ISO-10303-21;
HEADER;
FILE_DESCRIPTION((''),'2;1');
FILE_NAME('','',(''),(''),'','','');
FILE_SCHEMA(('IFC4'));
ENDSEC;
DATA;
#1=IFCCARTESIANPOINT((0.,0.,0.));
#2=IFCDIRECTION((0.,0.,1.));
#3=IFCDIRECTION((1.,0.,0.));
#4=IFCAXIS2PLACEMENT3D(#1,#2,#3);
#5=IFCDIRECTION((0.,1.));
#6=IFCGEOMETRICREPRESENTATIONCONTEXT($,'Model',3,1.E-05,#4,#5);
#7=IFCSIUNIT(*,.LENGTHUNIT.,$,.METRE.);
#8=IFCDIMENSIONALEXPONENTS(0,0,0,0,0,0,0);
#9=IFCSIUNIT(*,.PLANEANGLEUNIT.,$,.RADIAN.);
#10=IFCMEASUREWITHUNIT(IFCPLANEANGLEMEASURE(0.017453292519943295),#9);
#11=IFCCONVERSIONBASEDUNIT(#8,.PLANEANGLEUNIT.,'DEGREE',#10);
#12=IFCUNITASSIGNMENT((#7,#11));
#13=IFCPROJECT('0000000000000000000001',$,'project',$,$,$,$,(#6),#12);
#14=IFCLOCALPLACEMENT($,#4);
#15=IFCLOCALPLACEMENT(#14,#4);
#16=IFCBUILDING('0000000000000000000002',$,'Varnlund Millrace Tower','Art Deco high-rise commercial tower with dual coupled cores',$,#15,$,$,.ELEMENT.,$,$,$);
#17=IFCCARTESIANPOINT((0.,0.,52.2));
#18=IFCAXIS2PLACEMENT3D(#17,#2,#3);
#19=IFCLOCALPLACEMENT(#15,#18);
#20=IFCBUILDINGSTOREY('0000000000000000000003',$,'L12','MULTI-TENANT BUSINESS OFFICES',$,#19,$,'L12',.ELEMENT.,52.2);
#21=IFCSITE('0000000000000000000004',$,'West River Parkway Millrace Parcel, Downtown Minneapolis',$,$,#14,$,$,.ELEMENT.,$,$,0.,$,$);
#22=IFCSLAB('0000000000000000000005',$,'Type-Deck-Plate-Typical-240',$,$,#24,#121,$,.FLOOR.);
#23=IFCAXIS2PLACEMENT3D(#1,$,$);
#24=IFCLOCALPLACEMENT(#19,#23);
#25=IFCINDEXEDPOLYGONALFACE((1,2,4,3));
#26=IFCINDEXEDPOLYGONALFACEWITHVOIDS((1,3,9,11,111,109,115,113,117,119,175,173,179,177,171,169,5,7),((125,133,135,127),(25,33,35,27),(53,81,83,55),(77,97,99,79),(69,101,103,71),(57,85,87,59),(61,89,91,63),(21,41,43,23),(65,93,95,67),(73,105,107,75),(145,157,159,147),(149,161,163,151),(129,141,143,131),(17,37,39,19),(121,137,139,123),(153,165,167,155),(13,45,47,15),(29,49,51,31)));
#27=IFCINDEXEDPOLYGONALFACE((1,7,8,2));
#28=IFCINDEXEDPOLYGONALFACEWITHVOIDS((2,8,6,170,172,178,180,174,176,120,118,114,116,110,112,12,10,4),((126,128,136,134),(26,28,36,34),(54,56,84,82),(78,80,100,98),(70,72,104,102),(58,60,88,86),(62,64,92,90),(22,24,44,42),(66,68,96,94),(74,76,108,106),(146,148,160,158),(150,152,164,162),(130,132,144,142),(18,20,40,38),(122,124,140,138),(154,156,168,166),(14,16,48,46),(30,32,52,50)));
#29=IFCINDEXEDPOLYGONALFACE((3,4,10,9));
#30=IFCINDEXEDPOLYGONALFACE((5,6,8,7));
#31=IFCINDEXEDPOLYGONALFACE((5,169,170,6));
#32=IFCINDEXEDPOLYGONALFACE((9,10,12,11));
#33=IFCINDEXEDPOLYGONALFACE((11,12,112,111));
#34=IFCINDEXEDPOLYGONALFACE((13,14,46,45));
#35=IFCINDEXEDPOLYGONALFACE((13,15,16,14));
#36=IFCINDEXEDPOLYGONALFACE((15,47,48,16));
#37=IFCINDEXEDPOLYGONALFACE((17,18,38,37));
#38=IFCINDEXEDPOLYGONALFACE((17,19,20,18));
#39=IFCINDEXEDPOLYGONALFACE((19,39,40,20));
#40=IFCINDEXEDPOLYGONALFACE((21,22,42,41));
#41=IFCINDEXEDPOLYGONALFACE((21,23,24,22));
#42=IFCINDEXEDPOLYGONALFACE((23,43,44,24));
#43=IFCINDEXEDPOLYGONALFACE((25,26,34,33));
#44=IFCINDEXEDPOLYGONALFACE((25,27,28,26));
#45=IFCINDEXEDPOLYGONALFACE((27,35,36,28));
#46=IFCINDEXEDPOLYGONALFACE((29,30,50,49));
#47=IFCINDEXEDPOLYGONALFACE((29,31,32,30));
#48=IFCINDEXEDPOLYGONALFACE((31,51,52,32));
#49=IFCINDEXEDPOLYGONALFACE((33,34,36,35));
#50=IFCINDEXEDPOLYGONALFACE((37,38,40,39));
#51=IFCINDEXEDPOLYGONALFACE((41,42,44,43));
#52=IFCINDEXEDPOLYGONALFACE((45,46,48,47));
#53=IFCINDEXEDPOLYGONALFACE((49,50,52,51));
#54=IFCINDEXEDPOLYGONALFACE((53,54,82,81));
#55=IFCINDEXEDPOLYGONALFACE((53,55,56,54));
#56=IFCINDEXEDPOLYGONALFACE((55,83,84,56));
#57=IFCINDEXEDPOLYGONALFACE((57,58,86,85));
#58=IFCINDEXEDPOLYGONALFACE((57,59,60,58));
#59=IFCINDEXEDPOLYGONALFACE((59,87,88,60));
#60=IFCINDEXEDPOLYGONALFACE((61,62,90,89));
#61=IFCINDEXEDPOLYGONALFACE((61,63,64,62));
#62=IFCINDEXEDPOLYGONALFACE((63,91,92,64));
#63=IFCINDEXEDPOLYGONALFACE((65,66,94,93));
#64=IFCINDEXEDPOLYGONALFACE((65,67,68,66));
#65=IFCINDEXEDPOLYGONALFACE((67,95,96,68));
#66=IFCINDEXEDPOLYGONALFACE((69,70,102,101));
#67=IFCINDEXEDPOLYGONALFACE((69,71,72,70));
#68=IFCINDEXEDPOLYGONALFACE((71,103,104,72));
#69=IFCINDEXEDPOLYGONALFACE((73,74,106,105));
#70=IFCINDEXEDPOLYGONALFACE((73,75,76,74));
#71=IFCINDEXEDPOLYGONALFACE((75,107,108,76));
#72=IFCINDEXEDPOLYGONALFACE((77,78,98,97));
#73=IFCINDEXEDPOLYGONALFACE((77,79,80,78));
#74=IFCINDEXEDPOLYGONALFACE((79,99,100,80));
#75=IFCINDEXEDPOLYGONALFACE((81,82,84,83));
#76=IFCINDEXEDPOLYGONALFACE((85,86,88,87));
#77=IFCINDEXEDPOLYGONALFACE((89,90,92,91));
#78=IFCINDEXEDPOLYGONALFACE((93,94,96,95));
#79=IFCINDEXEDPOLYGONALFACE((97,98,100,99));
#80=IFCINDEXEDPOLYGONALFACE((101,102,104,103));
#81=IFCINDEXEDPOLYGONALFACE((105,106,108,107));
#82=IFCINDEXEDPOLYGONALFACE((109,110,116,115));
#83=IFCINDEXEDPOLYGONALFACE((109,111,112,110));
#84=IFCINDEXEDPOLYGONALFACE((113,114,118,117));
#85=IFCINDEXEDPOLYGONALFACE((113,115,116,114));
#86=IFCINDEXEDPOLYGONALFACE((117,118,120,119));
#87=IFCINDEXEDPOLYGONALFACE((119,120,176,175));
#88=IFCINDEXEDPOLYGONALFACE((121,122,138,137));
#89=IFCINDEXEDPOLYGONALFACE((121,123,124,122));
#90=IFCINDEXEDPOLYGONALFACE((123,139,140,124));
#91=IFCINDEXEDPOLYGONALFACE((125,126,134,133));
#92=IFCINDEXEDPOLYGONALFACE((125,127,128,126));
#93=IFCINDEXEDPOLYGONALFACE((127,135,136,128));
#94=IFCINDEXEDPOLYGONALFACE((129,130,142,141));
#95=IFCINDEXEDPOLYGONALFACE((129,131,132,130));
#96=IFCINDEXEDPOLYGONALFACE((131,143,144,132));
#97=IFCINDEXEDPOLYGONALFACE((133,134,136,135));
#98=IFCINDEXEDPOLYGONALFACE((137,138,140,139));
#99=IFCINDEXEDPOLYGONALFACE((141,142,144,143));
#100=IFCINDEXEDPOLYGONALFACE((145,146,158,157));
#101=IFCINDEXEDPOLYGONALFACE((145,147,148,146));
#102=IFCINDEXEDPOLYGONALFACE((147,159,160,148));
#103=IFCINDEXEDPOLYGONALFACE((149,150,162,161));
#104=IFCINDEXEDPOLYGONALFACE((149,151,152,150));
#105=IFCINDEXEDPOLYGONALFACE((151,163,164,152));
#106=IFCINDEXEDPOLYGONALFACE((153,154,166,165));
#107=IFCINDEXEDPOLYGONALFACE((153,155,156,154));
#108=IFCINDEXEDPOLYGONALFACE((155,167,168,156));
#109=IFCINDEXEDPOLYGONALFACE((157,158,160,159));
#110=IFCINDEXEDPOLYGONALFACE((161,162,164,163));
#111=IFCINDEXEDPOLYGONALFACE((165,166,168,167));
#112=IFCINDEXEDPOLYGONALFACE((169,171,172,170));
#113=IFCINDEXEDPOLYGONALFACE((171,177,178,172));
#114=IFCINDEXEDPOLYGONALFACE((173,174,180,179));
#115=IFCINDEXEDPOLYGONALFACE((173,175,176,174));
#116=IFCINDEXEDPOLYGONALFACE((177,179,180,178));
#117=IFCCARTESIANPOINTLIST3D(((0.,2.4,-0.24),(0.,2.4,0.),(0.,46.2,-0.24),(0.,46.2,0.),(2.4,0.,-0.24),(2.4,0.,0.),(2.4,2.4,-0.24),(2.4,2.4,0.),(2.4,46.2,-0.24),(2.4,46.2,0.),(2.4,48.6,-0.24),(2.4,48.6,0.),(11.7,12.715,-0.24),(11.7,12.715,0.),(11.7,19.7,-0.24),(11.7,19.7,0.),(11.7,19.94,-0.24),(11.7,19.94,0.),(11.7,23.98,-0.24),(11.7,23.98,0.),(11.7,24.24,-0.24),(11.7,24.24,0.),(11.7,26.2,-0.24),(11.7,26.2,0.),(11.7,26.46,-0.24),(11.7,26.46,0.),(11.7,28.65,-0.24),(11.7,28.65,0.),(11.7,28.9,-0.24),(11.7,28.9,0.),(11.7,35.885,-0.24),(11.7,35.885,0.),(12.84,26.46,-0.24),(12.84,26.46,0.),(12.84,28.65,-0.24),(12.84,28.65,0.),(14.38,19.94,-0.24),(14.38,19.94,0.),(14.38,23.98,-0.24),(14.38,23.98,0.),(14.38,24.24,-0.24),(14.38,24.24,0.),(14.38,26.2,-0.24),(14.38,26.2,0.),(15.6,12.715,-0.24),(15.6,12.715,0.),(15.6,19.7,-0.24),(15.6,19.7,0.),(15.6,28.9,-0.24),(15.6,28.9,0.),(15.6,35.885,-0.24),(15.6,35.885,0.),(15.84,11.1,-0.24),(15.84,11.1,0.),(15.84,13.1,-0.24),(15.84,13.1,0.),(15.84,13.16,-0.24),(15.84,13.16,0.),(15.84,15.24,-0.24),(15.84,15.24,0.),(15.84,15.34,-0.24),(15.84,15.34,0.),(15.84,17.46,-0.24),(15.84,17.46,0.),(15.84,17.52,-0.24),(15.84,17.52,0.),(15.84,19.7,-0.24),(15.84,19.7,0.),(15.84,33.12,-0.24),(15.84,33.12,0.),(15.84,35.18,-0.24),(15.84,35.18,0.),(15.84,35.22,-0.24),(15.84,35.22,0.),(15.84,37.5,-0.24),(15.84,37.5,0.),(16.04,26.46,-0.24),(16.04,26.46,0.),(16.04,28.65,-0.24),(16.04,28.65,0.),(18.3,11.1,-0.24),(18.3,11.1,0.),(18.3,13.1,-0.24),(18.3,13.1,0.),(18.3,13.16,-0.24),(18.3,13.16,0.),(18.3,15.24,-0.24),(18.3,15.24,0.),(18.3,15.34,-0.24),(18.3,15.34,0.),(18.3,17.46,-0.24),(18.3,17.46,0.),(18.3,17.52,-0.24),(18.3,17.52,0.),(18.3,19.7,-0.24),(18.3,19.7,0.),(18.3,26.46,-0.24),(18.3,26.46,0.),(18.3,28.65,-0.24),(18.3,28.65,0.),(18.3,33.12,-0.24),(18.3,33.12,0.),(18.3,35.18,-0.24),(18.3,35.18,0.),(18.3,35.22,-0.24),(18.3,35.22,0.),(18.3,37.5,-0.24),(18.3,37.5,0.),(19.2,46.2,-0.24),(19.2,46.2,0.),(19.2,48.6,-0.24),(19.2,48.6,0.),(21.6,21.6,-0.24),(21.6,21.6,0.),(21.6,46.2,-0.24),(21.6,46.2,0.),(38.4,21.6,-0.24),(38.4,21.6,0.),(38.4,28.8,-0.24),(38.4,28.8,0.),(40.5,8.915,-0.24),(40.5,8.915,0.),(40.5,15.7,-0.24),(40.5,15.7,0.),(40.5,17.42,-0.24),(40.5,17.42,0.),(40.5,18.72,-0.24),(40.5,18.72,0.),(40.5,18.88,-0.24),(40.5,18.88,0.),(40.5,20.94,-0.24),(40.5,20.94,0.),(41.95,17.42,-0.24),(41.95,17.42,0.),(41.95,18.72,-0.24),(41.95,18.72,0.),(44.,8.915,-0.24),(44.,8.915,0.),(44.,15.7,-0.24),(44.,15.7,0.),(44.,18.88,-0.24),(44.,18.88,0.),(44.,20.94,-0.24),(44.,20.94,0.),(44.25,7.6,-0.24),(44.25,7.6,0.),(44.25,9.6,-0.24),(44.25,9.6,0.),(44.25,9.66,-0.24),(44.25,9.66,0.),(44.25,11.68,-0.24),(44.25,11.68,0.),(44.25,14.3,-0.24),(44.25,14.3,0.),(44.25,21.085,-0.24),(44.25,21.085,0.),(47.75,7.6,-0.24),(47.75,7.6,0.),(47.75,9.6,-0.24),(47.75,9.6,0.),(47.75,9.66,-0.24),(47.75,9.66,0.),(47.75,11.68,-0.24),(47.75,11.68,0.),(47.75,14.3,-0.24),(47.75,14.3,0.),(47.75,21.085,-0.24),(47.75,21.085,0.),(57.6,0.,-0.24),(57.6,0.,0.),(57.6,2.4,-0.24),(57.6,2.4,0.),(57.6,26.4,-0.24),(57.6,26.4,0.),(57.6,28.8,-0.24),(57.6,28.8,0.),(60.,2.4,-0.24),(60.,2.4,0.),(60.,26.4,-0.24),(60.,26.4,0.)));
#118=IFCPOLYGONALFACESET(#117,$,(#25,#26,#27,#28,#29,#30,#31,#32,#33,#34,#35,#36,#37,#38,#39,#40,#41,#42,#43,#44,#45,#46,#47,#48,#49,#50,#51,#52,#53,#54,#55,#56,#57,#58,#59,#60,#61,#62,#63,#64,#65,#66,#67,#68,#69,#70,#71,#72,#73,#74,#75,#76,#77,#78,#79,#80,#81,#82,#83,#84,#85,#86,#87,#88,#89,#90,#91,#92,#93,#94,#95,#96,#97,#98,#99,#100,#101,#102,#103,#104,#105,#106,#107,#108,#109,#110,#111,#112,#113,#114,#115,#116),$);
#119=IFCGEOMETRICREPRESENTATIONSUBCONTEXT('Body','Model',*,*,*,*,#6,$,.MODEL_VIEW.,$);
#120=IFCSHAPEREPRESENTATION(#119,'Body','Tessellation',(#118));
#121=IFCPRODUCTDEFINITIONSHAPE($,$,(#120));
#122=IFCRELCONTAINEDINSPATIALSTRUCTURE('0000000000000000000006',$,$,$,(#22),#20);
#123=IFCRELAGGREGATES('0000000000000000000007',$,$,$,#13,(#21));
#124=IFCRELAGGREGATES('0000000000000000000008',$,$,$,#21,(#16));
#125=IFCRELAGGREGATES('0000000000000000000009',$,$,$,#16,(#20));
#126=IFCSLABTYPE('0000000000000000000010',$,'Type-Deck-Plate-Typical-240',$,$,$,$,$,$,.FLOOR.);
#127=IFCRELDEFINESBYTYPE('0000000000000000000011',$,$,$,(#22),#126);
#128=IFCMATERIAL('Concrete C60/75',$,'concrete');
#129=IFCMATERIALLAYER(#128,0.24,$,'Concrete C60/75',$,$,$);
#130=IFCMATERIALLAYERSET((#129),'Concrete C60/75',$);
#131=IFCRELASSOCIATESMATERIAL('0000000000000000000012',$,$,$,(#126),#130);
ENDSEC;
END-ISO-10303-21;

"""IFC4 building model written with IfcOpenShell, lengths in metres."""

from ifc_helpers import new_model, entity, si_unit, converted_unit, direction, frame, origin_with_axes, place, context, subcontext, project, spatial, polyline, outline, extrude, material, layer, layer_set, type_object, element, save


model = new_model("IFC4")

# Units and contexts
model_context = context("Model", 3, precision=1e-05, world=origin_with_axes(), true_north=direction((0.0, 1.0)))
body_context = subcontext(model_context, "Body", "Model", "MODEL_VIEW")
ifc_project = project(units=[si_unit("LENGTHUNIT", "METRE"), converted_unit("PLANEANGLEUNIT", "DEGREE", entity("IfcPlaneAngleMeasure", 0.017453292519943295), si_unit("PLANEANGLEUNIT", "RADIAN"), dimensions=[0, 0, 0, 0, 0, 0, 0])], contexts=[model_context])

# Site, building, storey
site_placement = place(None, origin_with_axes())
site = spatial("IfcSite", under=ifc_project, at=site_placement, Name="West River Parkway Millrace Parcel, Downtown Minneapolis", CompositionType="ELEMENT", RefElevation=0.0)
building_placement = place(site_placement, origin_with_axes())
building = spatial("IfcBuilding", under=site, at=building_placement, Name="Varnlund Millrace Tower", Description="Art Deco high-rise commercial tower with dual coupled cores", CompositionType="ELEMENT")
storey_placement = place(building_placement, frame((0.0, 0.0, 52.2), z_axis=(0.0, 0.0, 1.0), x_axis=(1.0, 0.0, 0.0)))
storey = spatial("IfcBuildingStorey", under=building, at=storey_placement, Name="L12", Description="MULTI-TENANT BUSINESS OFFICES", LongName="L12", CompositionType="ELEMENT", Elevation=52.2)

# Slab
ifc_material_1 = material(Name="Concrete C60/75", Category="concrete")
ifc_layer_1 = layer(ifc_material_1, 0.24, Name="Concrete C60/75")
ifc_layer_set_1 = layer_set([ifc_layer_1], Name="Concrete C60/75")
slab_type = type_object("IfcSlabType", Name="Type-Deck-Plate-Typical-240", PredefinedType="FLOOR", material=ifc_layer_set_1)
slab_placement = place(storey_placement, frame((0.0, 0.0, -0.24), z_axis=(0.0, 0.0, 1.0), x_axis=(1.0, 0.0, 0.0)))
element("IfcSlab", 1, at=slab_placement, inside=storey, type_object=slab_type, Name="Type-Deck-Plate-Typical-240", PredefinedType="FLOOR", context=body_context, shape_type="SweptSolid", body=[
    extrude(outline(polyline([(21.6, 21.6), (21.6, 46.2), (19.2, 46.2), (19.2, 48.6), (2.4, 48.6), (2.4, 46.2), (0.0, 46.2), (0.0, 2.4), (2.4, 2.4), (2.4, 0.0), (57.6, 0.0), (57.6, 2.4), (60.0, 2.4), (60.0, 26.4), (57.6, 26.4), (57.6, 28.8), (38.4, 28.8), (38.4, 21.6), (21.6, 21.6)]), holes=[polyline([(18.3, 11.1), (15.84, 11.1), (15.84, 13.1), (18.3, 13.1), (18.3, 11.1)]), polyline([(18.3, 13.16), (15.84, 13.16), (15.84, 15.24), (18.3, 15.24), (18.3, 13.16)]), polyline([(15.6, 12.715), (11.7, 12.715), (11.7, 19.7), (15.6, 19.7), (15.6, 12.715)]), polyline([(18.3, 15.34), (15.84, 15.34), (15.84, 17.46), (18.3, 17.46), (18.3, 15.34)]), polyline([(18.3, 17.52), (15.84, 17.52), (15.84, 19.7), (18.3, 19.7), (18.3, 17.52)]), polyline([(14.38, 23.98), (14.38, 19.94), (11.7, 19.94), (11.7, 23.98), (14.38, 23.98)]), polyline([(11.7, 24.24), (11.7, 26.2), (14.38, 26.2), (14.38, 24.24), (11.7, 24.24)]), polyline([(11.7, 26.46), (11.7, 28.65), (12.84, 28.65), (12.84, 26.46), (11.7, 26.46)]), polyline([(15.6, 28.9), (11.7, 28.9), (11.7, 35.885), (15.6, 35.885), (15.6, 28.9)]), polyline([(47.75, 7.6), (44.25, 7.6), (44.25, 9.6), (47.75, 9.6), (47.75, 7.6)]), polyline([(47.75, 9.66), (44.25, 9.66), (44.25, 11.68), (47.75, 11.68), (47.75, 9.66)]), polyline([(40.5, 8.915), (40.5, 15.7), (44.0, 15.7), (44.0, 8.915), (40.5, 8.915)]), polyline([(44.25, 14.3), (44.25, 21.085), (47.75, 21.085), (47.75, 14.3), (44.25, 14.3)]), polyline([(41.95, 17.42), (40.5, 17.42), (40.5, 18.72), (41.95, 18.72), (41.95, 17.42)]), polyline([(44.0, 18.88), (40.5, 18.88), (40.5, 20.94), (44.0, 20.94), (44.0, 18.88)]), polyline([(18.3, 26.46), (16.04, 26.46), (16.04, 28.65), (18.3, 28.65), (18.3, 26.46)]), polyline([(15.84, 33.12), (15.84, 35.18), (18.3, 35.18), (18.3, 33.12), (15.84, 33.12)]), polyline([(15.84, 35.22), (15.84, 37.5), (18.3, 37.5), (18.3, 35.22), (15.84, 35.22)])]), origin_with_axes(), (0.0, 0.0, 1.0), 0.24),
])

save(model, "model.ifc")
